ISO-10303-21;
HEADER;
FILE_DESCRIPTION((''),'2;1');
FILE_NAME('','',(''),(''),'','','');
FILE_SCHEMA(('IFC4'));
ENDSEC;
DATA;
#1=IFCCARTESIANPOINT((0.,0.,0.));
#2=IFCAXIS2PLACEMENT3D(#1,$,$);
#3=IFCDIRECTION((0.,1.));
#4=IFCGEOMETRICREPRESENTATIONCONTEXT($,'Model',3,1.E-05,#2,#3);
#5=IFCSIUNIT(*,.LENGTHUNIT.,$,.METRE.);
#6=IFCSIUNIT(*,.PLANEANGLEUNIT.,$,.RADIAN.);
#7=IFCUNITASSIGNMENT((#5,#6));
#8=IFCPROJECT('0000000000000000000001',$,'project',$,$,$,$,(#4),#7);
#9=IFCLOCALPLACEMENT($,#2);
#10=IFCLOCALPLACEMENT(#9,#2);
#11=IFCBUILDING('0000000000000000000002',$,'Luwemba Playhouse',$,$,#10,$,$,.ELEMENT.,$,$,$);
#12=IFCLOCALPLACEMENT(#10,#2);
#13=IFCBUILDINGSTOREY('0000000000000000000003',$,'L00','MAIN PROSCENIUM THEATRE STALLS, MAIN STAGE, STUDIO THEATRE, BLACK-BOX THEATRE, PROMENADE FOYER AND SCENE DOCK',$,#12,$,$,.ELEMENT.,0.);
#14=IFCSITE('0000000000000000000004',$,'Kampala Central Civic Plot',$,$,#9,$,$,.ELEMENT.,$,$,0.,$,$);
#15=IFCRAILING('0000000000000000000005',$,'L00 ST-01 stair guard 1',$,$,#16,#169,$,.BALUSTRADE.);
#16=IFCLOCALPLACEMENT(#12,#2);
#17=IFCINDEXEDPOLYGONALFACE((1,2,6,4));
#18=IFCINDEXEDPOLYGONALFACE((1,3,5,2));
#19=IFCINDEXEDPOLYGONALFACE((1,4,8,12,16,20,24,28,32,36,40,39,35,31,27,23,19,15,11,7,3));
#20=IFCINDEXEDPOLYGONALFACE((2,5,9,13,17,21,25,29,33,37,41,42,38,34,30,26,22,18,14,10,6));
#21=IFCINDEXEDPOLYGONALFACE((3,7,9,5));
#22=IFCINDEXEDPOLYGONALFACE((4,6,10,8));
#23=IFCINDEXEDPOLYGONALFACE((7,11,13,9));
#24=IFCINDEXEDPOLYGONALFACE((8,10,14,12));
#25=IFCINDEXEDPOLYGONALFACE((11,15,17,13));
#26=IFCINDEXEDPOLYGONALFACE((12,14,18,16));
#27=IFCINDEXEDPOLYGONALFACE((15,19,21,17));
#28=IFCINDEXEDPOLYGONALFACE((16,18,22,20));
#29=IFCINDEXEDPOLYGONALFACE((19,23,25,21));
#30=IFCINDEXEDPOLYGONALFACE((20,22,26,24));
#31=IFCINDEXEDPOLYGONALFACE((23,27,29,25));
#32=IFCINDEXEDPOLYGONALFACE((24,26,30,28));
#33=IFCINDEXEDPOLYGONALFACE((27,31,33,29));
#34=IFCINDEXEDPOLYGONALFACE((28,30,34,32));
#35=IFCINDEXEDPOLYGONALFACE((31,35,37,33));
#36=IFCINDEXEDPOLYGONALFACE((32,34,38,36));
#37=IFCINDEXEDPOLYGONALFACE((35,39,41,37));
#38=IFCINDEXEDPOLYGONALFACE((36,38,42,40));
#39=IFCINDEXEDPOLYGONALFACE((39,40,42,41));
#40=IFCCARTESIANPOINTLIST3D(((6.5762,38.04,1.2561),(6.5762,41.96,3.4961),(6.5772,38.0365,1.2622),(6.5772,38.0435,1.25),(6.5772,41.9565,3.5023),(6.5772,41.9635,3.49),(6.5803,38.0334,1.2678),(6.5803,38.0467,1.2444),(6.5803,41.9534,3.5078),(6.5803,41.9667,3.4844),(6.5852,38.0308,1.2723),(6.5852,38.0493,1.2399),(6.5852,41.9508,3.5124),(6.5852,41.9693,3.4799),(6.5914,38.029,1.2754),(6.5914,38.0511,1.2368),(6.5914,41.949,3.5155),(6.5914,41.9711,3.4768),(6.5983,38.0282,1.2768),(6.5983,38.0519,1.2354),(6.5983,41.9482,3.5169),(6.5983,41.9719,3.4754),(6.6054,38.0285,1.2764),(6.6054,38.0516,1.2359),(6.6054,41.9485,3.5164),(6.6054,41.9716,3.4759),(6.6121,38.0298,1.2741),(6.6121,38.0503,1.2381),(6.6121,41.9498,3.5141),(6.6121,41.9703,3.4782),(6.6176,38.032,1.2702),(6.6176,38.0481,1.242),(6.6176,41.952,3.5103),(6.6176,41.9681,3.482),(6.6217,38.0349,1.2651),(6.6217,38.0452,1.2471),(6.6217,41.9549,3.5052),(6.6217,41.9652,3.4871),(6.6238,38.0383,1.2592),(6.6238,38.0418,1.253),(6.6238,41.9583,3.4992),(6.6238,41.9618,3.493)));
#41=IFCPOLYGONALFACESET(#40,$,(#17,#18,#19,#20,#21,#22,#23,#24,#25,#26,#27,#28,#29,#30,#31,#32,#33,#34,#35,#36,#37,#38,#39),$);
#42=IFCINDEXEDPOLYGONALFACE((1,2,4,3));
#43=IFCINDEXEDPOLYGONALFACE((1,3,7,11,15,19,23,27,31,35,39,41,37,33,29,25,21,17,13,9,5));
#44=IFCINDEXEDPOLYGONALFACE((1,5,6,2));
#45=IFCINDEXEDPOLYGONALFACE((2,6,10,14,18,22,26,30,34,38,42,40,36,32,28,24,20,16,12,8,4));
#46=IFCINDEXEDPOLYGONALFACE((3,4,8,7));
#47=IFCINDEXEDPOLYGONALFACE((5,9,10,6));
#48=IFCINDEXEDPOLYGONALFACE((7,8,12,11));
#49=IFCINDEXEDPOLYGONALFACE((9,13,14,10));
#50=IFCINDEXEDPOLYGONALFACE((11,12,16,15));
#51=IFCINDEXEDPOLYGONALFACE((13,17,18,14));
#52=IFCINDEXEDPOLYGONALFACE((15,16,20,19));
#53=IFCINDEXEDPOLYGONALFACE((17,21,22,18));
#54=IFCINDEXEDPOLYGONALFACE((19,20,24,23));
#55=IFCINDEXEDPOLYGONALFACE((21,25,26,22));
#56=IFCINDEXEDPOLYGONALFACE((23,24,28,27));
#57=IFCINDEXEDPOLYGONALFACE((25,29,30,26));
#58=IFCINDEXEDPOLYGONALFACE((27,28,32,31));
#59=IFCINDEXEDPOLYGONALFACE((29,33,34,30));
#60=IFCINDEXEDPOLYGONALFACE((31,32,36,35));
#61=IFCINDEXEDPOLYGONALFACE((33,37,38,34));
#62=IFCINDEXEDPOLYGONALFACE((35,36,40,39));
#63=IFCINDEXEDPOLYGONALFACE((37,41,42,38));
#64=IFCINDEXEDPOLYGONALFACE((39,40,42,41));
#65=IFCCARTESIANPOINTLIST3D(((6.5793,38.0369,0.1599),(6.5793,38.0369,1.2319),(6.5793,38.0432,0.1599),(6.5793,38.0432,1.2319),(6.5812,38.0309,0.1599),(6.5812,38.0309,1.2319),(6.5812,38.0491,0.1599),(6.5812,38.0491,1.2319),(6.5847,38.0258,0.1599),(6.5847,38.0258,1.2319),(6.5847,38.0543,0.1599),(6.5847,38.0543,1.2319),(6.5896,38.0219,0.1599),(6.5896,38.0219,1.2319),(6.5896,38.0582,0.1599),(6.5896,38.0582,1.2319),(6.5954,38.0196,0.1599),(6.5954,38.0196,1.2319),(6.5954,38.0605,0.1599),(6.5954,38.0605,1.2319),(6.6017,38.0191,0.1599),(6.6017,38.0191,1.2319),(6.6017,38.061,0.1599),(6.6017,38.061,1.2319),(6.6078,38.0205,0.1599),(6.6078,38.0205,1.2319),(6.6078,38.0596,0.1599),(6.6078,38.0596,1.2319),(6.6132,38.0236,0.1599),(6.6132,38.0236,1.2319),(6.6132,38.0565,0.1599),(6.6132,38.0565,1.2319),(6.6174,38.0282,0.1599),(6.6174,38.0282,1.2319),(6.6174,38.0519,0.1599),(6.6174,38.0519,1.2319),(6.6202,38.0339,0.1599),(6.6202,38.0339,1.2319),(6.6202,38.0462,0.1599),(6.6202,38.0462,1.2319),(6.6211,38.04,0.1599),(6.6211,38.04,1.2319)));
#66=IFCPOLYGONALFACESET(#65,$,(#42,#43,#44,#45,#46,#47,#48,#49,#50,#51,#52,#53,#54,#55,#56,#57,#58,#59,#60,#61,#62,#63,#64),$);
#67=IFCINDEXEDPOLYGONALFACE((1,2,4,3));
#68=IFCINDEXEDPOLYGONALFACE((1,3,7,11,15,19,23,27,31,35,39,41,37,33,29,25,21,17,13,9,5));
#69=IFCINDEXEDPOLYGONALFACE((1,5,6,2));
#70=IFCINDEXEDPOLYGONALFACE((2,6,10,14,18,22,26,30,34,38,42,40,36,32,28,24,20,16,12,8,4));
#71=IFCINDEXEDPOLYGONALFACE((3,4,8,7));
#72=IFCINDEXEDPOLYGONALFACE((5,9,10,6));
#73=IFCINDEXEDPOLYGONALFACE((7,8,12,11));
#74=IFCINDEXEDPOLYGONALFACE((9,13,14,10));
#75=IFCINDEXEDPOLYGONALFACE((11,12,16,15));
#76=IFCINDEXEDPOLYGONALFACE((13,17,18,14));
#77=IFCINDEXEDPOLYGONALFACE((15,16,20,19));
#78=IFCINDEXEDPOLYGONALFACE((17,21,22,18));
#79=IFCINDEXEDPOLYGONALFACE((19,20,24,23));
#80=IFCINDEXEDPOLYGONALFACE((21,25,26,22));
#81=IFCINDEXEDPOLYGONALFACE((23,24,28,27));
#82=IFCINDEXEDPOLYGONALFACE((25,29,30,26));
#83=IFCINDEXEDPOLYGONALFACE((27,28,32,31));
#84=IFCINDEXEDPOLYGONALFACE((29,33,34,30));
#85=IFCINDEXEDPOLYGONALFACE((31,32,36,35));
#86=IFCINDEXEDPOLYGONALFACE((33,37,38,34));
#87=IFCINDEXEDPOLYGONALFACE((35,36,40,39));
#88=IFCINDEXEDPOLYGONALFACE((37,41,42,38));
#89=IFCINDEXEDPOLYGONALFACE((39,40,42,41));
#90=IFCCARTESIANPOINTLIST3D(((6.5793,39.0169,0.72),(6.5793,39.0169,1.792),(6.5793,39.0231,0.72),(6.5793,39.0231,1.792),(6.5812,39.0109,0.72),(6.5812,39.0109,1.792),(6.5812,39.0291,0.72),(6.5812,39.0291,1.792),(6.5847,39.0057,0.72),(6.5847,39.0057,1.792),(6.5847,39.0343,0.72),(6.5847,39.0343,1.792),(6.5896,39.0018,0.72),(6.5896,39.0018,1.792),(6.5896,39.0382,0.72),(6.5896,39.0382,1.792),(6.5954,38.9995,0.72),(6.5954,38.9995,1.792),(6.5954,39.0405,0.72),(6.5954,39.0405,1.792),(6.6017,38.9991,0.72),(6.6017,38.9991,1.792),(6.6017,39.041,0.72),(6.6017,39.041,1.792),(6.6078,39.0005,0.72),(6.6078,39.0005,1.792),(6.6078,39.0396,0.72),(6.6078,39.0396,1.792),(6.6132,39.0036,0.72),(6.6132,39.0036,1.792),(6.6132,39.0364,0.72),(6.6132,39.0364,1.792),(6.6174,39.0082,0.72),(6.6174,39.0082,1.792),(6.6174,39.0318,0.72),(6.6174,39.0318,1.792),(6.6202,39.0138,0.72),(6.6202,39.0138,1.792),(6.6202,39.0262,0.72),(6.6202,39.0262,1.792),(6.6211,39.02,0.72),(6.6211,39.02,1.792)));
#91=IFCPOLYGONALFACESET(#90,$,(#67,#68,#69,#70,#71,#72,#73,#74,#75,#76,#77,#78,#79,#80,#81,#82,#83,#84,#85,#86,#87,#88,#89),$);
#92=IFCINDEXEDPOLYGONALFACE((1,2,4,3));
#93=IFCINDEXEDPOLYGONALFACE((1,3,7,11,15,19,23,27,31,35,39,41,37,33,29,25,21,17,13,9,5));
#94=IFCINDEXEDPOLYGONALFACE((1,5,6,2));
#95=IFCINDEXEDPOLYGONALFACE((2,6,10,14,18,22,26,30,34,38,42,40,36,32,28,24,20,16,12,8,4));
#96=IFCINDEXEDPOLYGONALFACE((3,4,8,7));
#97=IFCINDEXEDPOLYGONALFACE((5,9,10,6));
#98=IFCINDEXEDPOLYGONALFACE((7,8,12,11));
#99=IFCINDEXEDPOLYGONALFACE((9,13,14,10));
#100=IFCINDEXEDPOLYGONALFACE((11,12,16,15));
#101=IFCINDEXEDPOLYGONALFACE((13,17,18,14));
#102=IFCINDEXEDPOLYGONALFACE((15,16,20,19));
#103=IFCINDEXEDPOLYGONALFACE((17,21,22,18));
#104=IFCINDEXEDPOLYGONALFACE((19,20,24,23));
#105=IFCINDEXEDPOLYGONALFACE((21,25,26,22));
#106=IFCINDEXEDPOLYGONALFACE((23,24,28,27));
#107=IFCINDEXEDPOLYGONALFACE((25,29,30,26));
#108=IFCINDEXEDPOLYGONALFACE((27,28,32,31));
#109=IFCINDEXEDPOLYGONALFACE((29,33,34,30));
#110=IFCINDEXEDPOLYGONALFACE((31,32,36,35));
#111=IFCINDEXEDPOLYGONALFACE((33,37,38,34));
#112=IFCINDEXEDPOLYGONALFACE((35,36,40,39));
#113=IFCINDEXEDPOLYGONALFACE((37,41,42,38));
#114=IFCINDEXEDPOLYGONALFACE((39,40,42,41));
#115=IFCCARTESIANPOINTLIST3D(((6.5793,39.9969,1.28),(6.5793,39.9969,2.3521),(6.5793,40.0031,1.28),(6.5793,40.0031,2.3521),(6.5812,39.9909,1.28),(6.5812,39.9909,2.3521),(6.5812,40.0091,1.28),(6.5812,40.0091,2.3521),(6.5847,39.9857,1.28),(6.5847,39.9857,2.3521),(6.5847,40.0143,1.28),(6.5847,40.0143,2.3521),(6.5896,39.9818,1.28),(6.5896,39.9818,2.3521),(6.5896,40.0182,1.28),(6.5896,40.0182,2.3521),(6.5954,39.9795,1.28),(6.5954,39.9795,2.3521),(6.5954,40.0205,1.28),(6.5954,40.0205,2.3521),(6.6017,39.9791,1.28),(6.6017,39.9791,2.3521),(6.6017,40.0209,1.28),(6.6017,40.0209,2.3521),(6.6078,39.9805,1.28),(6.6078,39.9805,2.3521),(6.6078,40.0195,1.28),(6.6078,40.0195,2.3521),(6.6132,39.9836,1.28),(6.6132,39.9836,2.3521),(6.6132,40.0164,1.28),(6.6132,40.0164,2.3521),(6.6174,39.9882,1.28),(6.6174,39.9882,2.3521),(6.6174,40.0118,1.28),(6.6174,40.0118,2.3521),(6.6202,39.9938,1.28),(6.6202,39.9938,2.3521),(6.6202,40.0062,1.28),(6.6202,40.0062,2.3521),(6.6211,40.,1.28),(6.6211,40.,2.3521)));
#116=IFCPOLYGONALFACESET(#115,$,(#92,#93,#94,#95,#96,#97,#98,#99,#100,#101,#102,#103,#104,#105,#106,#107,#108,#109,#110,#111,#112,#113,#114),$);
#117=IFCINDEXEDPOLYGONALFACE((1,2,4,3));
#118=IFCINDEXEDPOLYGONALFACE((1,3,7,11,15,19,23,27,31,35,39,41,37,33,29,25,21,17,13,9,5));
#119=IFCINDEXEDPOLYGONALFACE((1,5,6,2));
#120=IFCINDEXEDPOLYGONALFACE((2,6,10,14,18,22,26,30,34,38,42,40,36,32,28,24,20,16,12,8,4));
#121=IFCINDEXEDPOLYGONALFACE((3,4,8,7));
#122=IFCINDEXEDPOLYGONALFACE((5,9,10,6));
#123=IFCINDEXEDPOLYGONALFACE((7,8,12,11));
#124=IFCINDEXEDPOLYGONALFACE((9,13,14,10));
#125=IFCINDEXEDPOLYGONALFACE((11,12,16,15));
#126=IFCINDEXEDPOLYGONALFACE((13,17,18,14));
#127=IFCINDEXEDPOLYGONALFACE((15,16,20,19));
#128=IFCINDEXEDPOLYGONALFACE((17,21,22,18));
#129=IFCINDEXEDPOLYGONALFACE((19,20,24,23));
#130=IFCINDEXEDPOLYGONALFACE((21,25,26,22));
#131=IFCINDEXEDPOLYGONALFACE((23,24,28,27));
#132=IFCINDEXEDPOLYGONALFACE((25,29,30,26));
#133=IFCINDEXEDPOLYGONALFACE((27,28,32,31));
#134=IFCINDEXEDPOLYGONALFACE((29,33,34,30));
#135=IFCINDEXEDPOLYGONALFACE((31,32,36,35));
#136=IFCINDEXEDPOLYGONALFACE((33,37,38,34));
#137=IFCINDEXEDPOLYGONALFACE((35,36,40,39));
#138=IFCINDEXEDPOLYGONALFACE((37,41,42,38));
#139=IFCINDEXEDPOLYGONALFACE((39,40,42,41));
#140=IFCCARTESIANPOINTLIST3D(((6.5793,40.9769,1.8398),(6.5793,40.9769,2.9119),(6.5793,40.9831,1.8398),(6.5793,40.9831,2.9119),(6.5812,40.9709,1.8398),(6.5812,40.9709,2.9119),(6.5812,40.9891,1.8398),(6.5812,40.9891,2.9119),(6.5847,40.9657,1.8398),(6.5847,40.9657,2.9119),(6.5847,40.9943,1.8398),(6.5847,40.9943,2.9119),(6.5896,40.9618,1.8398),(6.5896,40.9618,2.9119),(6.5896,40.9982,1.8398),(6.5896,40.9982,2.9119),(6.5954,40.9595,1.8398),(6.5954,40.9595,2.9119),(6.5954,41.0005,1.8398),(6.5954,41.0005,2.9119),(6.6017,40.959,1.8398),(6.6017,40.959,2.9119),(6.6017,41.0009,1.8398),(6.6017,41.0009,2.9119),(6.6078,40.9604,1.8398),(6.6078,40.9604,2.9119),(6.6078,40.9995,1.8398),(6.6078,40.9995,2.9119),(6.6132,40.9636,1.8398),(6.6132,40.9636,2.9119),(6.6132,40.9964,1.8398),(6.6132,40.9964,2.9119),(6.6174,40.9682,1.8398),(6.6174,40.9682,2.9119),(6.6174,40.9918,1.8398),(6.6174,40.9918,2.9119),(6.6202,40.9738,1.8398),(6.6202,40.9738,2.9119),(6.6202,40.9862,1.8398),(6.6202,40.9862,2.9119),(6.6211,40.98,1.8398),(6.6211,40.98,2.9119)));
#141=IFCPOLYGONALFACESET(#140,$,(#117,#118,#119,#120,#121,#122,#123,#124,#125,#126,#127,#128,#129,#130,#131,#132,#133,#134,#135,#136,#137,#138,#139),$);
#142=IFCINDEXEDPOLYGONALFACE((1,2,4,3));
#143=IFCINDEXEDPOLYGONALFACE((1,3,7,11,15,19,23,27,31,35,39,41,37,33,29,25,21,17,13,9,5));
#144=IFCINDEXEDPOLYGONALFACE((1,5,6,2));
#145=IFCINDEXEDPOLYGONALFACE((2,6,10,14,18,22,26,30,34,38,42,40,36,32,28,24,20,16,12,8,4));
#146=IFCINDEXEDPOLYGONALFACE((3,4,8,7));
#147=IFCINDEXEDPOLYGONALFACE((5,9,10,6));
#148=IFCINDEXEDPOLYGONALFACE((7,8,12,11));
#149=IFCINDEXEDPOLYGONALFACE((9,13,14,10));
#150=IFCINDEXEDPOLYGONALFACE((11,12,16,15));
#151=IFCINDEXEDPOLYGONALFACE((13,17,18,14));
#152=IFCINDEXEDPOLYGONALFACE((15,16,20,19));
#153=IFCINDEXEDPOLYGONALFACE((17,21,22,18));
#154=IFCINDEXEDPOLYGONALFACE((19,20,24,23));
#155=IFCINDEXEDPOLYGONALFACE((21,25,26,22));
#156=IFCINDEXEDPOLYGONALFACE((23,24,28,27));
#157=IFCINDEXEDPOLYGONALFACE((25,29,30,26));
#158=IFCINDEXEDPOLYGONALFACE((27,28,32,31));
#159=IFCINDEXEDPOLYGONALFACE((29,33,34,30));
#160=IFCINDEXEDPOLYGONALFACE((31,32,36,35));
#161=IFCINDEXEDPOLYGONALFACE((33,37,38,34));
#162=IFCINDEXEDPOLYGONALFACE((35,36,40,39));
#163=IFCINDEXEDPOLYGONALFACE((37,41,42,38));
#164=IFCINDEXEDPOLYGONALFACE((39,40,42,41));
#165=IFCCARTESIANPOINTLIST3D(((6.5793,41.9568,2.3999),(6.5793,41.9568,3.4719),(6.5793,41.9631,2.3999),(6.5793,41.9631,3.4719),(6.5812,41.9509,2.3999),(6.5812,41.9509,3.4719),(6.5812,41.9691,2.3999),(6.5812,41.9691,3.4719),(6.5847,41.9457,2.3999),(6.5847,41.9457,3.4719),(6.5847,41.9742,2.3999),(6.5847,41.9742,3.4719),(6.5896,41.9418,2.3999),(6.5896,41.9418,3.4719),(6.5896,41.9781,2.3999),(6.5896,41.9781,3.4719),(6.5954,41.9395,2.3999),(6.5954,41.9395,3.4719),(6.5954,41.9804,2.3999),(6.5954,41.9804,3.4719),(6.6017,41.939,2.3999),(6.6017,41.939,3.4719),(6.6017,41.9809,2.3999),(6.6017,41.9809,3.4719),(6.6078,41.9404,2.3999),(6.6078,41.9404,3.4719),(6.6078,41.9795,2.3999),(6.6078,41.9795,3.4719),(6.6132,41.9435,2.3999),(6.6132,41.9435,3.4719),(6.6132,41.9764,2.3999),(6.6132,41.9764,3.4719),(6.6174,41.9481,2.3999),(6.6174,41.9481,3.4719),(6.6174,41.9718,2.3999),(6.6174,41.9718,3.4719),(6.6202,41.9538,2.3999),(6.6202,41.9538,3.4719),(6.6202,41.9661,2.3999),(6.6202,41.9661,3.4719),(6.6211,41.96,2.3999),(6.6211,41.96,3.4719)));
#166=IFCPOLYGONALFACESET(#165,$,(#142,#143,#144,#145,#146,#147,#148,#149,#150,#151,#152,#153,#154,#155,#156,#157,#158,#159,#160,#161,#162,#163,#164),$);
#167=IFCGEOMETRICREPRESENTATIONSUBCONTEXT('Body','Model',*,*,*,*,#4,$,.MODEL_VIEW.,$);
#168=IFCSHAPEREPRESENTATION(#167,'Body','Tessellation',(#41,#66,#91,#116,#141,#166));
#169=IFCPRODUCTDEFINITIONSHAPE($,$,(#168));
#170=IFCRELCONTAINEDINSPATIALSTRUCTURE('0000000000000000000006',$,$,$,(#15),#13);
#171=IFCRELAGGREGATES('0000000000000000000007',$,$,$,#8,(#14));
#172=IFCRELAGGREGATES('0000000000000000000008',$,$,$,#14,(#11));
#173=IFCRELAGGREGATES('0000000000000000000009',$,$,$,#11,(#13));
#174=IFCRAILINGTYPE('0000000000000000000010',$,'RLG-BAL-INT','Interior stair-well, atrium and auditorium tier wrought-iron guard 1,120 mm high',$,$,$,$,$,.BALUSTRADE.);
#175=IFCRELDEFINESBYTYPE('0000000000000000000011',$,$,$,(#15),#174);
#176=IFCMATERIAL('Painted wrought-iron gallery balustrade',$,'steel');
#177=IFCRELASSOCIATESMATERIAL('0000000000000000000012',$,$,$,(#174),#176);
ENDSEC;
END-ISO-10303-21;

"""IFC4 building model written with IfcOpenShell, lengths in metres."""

from ifc_helpers import new_model, si_unit, direction, frame, origin, origin_2d, place, context, subcontext, project, spatial, circle, extrude, material, type_object, element, save


model = new_model("IFC4")

# Units and contexts
model_context = context("Model", 3, precision=1e-05, world=origin(), true_north=direction((0.0, 1.0)))
body_context = subcontext(model_context, "Body", "Model", "MODEL_VIEW")
ifc_project = project(units=[si_unit("LENGTHUNIT", "METRE"), si_unit("PLANEANGLEUNIT", "RADIAN")], contexts=[model_context])

# Site, building, storey
site_placement = place(None, origin())
site = spatial("IfcSite", under=ifc_project, at=site_placement, Name="Kampala Central Civic Plot", CompositionType="ELEMENT", RefElevation=0.0)
building_placement = place(site_placement, origin())
building = spatial("IfcBuilding", under=site, at=building_placement, Name="Luwemba Playhouse", CompositionType="ELEMENT")
storey_placement = place(building_placement, origin())
storey = spatial("IfcBuildingStorey", under=building, at=storey_placement, Name="L00", Description="MAIN PROSCENIUM THEATRE STALLS, MAIN STAGE, STUDIO THEATRE, BLACK-BOX THEATRE, PROMENADE FOYER AND SCENE DOCK", CompositionType="ELEMENT", Elevation=0.0)

# Railing
ifc_material_1 = material(Name="Painted wrought-iron gallery balustrade", Category="steel")
railing_type_1 = type_object("IfcRailingType", Name="RLG-BAL-INT", Description="Interior stair-well, atrium and auditorium tier wrought-iron guard 1,120 mm high", PredefinedType="BALUSTRADE", material=ifc_material_1)
railing_1_placement = place(storey_placement, frame((6.6001, 38.04, 0.1599)))
element("IfcRailing", 1, at=railing_1_placement, inside=storey, type_object=railing_type_1, Name="L00 ST-01 stair guard 1", PredefinedType="BALUSTRADE", context=body_context, shape_type="SweptSolid", body=[
    extrude(circle(Radius=0.0239, at=origin_2d()), frame((0.0, 0.0, 1.0962), z_axis=(0.0, 0.86824, 0.496145), x_axis=(-1.0, 0.0, 0.0)), (0.0, 0.0, 1.0), 4.5149),
    extrude(circle(Radius=0.021, at=origin_2d()), origin(), (0.0, 0.0, 1.0), 1.072),
    extrude(circle(Radius=0.021, at=origin_2d()), frame((0.0, 0.98, 0.5601)), (0.0, 0.0, 1.0), 1.072),
    extrude(circle(Radius=0.021, at=origin_2d()), frame((0.0, 1.96, 1.1201)), (0.0, 0.0, 1.0), 1.072),
    extrude(circle(Radius=0.021, at=origin_2d()), frame((0.0, 2.9399, 1.6799)), (0.0, 0.0, 1.0), 1.072),
    extrude(circle(Radius=0.021, at=origin_2d()), frame((0.0, 3.9199, 2.24)), (0.0, 0.0, 1.0), 1.072),
])

save(model, "model.ifc")
